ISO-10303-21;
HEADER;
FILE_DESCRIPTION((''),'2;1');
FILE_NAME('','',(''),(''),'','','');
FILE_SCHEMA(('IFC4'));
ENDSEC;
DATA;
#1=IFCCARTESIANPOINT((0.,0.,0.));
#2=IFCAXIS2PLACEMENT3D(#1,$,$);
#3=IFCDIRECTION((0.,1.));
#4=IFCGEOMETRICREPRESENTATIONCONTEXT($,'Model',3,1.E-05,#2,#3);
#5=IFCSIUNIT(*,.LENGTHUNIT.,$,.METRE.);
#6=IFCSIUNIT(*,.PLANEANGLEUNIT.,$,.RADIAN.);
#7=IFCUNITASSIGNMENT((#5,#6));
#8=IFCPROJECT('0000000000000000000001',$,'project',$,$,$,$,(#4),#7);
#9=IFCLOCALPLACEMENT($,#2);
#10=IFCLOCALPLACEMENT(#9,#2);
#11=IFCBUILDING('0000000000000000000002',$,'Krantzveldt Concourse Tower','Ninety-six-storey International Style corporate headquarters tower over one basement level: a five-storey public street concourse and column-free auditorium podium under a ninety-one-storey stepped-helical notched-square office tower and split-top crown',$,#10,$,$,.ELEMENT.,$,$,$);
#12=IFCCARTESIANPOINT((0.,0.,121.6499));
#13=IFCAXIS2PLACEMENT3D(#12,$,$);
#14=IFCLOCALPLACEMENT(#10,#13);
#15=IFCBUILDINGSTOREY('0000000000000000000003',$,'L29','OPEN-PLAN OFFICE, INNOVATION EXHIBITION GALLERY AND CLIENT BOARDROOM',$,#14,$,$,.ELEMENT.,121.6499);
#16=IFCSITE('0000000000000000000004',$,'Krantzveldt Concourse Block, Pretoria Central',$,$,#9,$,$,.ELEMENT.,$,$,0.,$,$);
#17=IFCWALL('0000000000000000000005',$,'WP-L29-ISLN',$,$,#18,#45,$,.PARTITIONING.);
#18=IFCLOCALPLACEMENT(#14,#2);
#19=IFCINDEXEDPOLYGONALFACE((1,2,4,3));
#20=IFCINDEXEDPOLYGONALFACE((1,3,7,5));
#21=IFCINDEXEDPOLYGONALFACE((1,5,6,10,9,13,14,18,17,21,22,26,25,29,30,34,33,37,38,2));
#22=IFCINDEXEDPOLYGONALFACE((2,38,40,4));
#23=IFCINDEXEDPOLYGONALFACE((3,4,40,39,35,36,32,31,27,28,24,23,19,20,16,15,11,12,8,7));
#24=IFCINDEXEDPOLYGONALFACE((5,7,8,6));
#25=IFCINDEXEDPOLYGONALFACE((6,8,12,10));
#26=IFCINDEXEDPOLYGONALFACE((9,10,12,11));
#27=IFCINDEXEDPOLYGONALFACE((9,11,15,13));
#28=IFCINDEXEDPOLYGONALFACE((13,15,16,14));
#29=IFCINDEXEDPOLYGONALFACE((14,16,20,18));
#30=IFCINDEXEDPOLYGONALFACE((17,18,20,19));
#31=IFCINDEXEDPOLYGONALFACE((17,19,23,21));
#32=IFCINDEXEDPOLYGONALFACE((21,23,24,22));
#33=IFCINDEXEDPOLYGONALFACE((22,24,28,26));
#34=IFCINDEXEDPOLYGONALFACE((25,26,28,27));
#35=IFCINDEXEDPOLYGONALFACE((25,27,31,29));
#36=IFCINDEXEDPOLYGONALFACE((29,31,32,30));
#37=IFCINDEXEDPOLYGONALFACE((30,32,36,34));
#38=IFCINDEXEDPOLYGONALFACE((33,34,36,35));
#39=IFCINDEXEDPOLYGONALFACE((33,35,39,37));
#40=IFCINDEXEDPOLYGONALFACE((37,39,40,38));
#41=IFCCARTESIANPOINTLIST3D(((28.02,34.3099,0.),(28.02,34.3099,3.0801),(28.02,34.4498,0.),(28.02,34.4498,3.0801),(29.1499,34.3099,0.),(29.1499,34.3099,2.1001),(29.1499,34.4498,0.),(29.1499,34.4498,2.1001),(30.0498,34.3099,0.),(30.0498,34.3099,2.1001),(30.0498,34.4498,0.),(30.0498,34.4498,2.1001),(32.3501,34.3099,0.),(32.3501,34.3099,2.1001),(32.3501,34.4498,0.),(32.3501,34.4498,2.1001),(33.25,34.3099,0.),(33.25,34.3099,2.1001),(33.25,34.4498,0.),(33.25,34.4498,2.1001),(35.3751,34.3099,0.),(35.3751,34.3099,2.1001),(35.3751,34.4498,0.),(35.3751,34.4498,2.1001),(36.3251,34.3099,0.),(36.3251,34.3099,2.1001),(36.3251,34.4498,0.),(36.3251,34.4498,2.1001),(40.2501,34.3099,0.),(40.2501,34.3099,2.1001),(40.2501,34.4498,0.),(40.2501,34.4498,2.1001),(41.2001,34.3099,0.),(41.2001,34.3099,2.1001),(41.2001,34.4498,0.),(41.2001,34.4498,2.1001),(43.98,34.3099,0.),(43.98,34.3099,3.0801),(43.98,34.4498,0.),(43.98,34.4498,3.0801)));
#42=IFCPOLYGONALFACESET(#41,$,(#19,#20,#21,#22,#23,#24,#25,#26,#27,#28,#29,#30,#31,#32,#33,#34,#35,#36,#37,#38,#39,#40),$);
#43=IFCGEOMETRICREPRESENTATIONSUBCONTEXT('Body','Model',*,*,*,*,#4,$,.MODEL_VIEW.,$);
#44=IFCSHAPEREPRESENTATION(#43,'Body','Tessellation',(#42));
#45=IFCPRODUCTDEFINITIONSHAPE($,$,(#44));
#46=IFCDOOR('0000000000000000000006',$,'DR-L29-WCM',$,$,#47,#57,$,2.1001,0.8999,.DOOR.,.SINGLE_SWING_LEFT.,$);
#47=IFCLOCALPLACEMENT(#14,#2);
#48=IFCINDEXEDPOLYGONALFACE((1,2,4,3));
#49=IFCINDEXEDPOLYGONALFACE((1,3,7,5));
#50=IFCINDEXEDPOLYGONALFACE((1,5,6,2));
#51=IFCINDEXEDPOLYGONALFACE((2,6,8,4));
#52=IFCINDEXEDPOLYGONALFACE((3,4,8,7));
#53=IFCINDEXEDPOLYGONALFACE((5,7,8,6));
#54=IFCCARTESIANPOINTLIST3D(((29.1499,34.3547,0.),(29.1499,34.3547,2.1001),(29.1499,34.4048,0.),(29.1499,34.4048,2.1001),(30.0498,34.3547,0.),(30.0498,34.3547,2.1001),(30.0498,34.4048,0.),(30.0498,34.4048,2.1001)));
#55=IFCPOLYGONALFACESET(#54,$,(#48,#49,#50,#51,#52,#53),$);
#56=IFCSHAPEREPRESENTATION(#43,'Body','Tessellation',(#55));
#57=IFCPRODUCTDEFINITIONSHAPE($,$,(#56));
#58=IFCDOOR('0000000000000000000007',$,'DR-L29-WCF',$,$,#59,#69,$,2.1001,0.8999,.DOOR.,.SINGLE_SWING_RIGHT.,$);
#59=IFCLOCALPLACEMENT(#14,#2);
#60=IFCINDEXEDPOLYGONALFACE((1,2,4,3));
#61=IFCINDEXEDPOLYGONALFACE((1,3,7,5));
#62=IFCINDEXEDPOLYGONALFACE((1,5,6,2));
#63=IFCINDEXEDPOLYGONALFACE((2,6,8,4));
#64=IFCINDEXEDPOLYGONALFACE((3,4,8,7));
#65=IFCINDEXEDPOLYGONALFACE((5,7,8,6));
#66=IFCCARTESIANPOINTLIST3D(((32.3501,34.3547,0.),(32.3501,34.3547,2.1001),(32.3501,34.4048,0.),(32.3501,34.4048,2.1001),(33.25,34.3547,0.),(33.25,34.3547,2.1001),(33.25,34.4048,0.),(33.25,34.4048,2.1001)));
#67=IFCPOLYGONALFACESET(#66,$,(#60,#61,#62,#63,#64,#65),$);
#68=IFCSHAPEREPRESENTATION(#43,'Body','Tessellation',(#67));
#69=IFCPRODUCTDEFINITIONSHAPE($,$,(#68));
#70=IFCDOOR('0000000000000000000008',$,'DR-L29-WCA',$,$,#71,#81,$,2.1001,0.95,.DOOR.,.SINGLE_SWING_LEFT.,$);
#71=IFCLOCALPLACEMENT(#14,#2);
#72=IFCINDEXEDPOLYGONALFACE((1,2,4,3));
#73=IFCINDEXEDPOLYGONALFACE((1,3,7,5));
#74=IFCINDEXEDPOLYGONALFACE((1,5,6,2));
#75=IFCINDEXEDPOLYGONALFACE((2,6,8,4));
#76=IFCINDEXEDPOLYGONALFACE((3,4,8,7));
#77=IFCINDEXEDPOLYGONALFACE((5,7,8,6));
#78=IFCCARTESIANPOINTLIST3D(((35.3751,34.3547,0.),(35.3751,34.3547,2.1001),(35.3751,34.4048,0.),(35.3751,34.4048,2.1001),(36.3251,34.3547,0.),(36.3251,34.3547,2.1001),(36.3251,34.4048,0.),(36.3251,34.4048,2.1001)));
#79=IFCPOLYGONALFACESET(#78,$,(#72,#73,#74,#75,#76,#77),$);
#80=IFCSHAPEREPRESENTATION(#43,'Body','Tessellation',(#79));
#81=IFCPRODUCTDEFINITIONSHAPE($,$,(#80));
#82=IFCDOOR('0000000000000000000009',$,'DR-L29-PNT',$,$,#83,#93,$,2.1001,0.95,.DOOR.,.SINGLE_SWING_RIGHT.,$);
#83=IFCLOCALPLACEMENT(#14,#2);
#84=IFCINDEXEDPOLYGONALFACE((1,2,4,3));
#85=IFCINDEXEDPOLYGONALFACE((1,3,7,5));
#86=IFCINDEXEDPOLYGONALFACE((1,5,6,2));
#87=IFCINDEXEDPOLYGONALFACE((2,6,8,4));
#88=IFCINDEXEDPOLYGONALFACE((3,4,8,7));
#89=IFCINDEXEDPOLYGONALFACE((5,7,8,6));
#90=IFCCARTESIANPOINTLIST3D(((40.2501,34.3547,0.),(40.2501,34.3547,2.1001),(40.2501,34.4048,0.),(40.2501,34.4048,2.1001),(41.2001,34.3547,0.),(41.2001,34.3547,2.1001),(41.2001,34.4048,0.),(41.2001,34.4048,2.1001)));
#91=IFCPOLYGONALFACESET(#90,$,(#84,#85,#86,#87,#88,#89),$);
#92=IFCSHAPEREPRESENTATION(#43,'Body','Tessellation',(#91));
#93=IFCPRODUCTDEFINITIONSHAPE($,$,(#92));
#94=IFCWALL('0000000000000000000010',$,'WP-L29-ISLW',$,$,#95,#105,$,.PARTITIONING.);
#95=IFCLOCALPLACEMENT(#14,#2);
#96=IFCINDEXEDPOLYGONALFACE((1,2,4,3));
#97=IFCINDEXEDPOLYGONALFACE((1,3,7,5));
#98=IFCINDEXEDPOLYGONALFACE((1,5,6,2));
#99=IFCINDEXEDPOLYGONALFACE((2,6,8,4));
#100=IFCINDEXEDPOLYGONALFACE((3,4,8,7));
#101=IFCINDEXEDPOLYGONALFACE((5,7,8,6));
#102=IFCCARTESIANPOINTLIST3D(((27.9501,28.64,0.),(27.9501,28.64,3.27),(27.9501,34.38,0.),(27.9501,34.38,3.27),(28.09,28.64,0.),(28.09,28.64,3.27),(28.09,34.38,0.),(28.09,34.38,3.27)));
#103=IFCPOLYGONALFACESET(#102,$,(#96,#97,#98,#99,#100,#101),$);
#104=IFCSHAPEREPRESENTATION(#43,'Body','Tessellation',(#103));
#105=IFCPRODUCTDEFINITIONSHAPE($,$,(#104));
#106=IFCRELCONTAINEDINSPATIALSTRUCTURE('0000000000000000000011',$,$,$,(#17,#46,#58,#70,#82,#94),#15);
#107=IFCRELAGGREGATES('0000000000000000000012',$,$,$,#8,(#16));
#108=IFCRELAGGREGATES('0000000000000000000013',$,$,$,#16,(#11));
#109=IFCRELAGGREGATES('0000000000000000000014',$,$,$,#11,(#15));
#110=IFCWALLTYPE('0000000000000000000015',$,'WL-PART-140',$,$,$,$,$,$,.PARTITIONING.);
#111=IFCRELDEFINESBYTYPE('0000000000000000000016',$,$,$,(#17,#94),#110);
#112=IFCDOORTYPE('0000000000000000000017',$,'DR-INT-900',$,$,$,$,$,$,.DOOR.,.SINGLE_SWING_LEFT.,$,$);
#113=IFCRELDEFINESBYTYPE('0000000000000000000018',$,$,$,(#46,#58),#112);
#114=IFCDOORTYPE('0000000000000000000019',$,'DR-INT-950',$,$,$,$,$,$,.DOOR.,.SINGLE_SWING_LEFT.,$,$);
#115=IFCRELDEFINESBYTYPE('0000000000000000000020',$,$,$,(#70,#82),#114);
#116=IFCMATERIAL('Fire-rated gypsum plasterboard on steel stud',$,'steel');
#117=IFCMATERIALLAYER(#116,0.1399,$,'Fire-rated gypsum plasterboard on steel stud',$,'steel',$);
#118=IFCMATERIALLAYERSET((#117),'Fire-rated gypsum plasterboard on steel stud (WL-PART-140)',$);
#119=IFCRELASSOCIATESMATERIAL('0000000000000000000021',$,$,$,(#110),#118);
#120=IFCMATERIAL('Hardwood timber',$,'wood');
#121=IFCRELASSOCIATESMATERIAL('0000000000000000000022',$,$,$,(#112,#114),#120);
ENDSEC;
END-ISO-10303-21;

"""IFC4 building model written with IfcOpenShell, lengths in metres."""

from ifc_helpers import new_model, si_unit, direction, frame, frame_2d, origin, place, context, subcontext, project, spatial, rectangle, extrude, material, layer, layer_set, type_object, element, fill, save


model = new_model("IFC4")

# Units and contexts
model_context = context("Model", 3, precision=1e-05, world=origin(), true_north=direction((0.0, 1.0)))
body_context = subcontext(model_context, "Body", "Model", "MODEL_VIEW")
ifc_project = project(units=[si_unit("LENGTHUNIT", "METRE"), si_unit("PLANEANGLEUNIT", "RADIAN")], contexts=[model_context])

# Site, building, storey
site_placement = place(None, origin())
site = spatial("IfcSite", under=ifc_project, at=site_placement, Name="Krantzveldt Concourse Block, Pretoria Central", CompositionType="ELEMENT", RefElevation=0.0)
building_placement = place(site_placement, origin())
building = spatial("IfcBuilding", under=site, at=building_placement, Name="Krantzveldt Concourse Tower", Description="Ninety-six-storey International Style corporate headquarters tower over one basement level: a five-storey public street concourse and column-free auditorium podium under a ninety-one-storey stepped-helical notched-square office tower and split-top crown", CompositionType="ELEMENT")
storey_placement = place(building_placement, frame((0.0, 0.0, 121.6499)))
storey = spatial("IfcBuildingStorey", under=building, at=storey_placement, Name="L29", Description="OPEN-PLAN OFFICE, INNOVATION EXHIBITION GALLERY AND CLIENT BOARDROOM", CompositionType="ELEMENT", Elevation=121.6499)

# Shared definitions
ifc_material_1 = material(Name="Fire-rated gypsum plasterboard on steel stud", Category="steel")

# Shared definitions
ifc_layer_1 = layer(ifc_material_1, 0.1399, Name="Fire-rated gypsum plasterboard on steel stud", Category="steel")
ifc_layer_set_1 = layer_set([ifc_layer_1], Name="Fire-rated gypsum plasterboard on steel stud (WL-PART-140)")
wall_type_1 = type_object("IfcWallType", Name="WL-PART-140", PredefinedType="PARTITIONING", material=ifc_layer_set_1)
ifc_material_2 = material(Name="Hardwood timber", Category="wood")

# Wall, openings, doors
wall_1_placement = place(storey_placement, frame((28.02, 34.3799, 0.0), z_axis=(0.0, 0.0, 1.0), x_axis=(1.0, 0.0, 0.0)))
wall_1 = element("IfcWall", 1, at=wall_1_placement, inside=storey, type_object=wall_type_1, Name="WP-L29-ISLN", PredefinedType="PARTITIONING", context=body_context, shape_type="SweptSolid", body=[
    extrude(rectangle(XDim=15.96, YDim=0.1399, at=frame_2d((7.98, 0.0))), origin(), (0.0, 0.0, 1.0), 3.0801),
])
opening_1_placement = place(wall_1_placement, frame((1.1299, 0.0, 0.0)))
opening_1 = element("IfcOpeningElement", 2, at=opening_1_placement, cuts=wall_1, PredefinedType="OPENING", context=body_context, shape_type="SweptSolid", body=[
    extrude(rectangle(XDim=0.8999, YDim=2.1001, at=frame_2d((0.45, 1.05))), frame((0.0, 0.0801, 0.0), z_axis=(0.0, -1.0, 0.0), x_axis=(1.0, 0.0, 0.0)), (0.0, 0.0, 1.0), 0.1599),
])
opening_2_placement = place(wall_1_placement, frame((4.3301, 0.0, 0.0)))
opening_2 = element("IfcOpeningElement", 3, at=opening_2_placement, cuts=wall_1, PredefinedType="OPENING", context=body_context, shape_type="SweptSolid", body=[
    extrude(rectangle(XDim=0.8999, YDim=2.1001, at=frame_2d((0.45, 1.05))), frame((0.0, 0.0801, 0.0), z_axis=(0.0, -1.0, 0.0), x_axis=(1.0, 0.0, 0.0)), (0.0, 0.0, 1.0), 0.1599),
])
opening_3_placement = place(wall_1_placement, frame((7.355, 0.0, 0.0)))
opening_3 = element("IfcOpeningElement", 4, at=opening_3_placement, cuts=wall_1, PredefinedType="OPENING", context=body_context, shape_type="SweptSolid", body=[
    extrude(rectangle(XDim=0.95, YDim=2.1001, at=frame_2d((0.4751, 1.05))), frame((0.0, 0.0801, 0.0), z_axis=(0.0, -1.0, 0.0), x_axis=(1.0, 0.0, 0.0)), (0.0, 0.0, 1.0), 0.1599),
])
opening_4_placement = place(wall_1_placement, frame((12.23, 0.0, 0.0)))
opening_4 = element("IfcOpeningElement", 5, at=opening_4_placement, cuts=wall_1, PredefinedType="OPENING", context=body_context, shape_type="SweptSolid", body=[
    extrude(rectangle(XDim=0.95, YDim=2.1001, at=frame_2d((0.4751, 1.05))), frame((0.0, 0.0801, 0.0), z_axis=(0.0, -1.0, 0.0), x_axis=(1.0, 0.0, 0.0)), (0.0, 0.0, 1.0), 0.1599),
])
door_type_1 = type_object("IfcDoorType", Name="DR-INT-900", OperationType="SINGLE_SWING_LEFT", PredefinedType="DOOR", material=ifc_material_2)
door_1_placement = place(opening_1_placement, origin())
door_1 = element("IfcDoor", 6, at=door_1_placement, inside=storey, type_object=door_type_1, Name="DR-L29-WCM", OperationType="SINGLE_SWING_LEFT", OverallHeight=2.1001, OverallWidth=0.8999, PredefinedType="DOOR", context=body_context, shape_type="SweptSolid", body=[
    extrude(rectangle(XDim=0.8999, YDim=2.1001, at=frame_2d((0.45, 1.05))), frame((0.0, 0.0249, 0.0), z_axis=(0.0, -1.0, 0.0), x_axis=(1.0, 0.0, 0.0)), (0.0, 0.0, 1.0), 0.05),
])
fill(opening_1, door_1)
door_2_placement = place(opening_2_placement, origin())
door_2 = element("IfcDoor", 7, at=door_2_placement, inside=storey, type_object=door_type_1, Name="DR-L29-WCF", OperationType="SINGLE_SWING_RIGHT", OverallHeight=2.1001, OverallWidth=0.8999, PredefinedType="DOOR", context=body_context, shape_type="SweptSolid", body=[
    extrude(rectangle(XDim=0.8999, YDim=2.1001, at=frame_2d((0.45, 1.05))), frame((0.0, 0.0249, 0.0), z_axis=(0.0, -1.0, 0.0), x_axis=(1.0, 0.0, 0.0)), (0.0, 0.0, 1.0), 0.05),
])
fill(opening_2, door_2)
door_type_2 = type_object("IfcDoorType", Name="DR-INT-950", OperationType="SINGLE_SWING_LEFT", PredefinedType="DOOR", material=ifc_material_2)
door_3_placement = place(opening_3_placement, origin())
door_3 = element("IfcDoor", 8, at=door_3_placement, inside=storey, type_object=door_type_2, Name="DR-L29-WCA", OperationType="SINGLE_SWING_LEFT", OverallHeight=2.1001, OverallWidth=0.95, PredefinedType="DOOR", context=body_context, shape_type="SweptSolid", body=[
    extrude(rectangle(XDim=0.95, YDim=2.1001, at=frame_2d((0.4751, 1.05))), frame((0.0, 0.0249, 0.0), z_axis=(0.0, -1.0, 0.0), x_axis=(1.0, 0.0, 0.0)), (0.0, 0.0, 1.0), 0.05),
])
fill(opening_3, door_3)
door_4_placement = place(opening_4_placement, origin())
door_4 = element("IfcDoor", 9, at=door_4_placement, inside=storey, type_object=door_type_2, Name="DR-L29-PNT", OperationType="SINGLE_SWING_RIGHT", OverallHeight=2.1001, OverallWidth=0.95, PredefinedType="DOOR", context=body_context, shape_type="SweptSolid", body=[
    extrude(rectangle(XDim=0.95, YDim=2.1001, at=frame_2d((0.4751, 1.05))), frame((0.0, 0.0249, 0.0), z_axis=(0.0, -1.0, 0.0), x_axis=(1.0, 0.0, 0.0)), (0.0, 0.0, 1.0), 0.05),
])
fill(opening_4, door_4)

# Wall
wall_2_placement = place(storey_placement, frame((28.02, 28.6399, 0.0), z_axis=(0.0, 0.0, 1.0), x_axis=(0.0, 1.0, 0.0)))
element("IfcWall", 10, at=wall_2_placement, inside=storey, type_object=wall_type_1, Name="WP-L29-ISLW", PredefinedType="PARTITIONING", context=body_context, shape_type="SweptSolid", body=[
    extrude(rectangle(XDim=5.74, YDim=0.1399, at=frame_2d((2.8701, 0.0))), origin(), (0.0, 0.0, 1.0), 3.27),
])

save(model, "model.ifc")
